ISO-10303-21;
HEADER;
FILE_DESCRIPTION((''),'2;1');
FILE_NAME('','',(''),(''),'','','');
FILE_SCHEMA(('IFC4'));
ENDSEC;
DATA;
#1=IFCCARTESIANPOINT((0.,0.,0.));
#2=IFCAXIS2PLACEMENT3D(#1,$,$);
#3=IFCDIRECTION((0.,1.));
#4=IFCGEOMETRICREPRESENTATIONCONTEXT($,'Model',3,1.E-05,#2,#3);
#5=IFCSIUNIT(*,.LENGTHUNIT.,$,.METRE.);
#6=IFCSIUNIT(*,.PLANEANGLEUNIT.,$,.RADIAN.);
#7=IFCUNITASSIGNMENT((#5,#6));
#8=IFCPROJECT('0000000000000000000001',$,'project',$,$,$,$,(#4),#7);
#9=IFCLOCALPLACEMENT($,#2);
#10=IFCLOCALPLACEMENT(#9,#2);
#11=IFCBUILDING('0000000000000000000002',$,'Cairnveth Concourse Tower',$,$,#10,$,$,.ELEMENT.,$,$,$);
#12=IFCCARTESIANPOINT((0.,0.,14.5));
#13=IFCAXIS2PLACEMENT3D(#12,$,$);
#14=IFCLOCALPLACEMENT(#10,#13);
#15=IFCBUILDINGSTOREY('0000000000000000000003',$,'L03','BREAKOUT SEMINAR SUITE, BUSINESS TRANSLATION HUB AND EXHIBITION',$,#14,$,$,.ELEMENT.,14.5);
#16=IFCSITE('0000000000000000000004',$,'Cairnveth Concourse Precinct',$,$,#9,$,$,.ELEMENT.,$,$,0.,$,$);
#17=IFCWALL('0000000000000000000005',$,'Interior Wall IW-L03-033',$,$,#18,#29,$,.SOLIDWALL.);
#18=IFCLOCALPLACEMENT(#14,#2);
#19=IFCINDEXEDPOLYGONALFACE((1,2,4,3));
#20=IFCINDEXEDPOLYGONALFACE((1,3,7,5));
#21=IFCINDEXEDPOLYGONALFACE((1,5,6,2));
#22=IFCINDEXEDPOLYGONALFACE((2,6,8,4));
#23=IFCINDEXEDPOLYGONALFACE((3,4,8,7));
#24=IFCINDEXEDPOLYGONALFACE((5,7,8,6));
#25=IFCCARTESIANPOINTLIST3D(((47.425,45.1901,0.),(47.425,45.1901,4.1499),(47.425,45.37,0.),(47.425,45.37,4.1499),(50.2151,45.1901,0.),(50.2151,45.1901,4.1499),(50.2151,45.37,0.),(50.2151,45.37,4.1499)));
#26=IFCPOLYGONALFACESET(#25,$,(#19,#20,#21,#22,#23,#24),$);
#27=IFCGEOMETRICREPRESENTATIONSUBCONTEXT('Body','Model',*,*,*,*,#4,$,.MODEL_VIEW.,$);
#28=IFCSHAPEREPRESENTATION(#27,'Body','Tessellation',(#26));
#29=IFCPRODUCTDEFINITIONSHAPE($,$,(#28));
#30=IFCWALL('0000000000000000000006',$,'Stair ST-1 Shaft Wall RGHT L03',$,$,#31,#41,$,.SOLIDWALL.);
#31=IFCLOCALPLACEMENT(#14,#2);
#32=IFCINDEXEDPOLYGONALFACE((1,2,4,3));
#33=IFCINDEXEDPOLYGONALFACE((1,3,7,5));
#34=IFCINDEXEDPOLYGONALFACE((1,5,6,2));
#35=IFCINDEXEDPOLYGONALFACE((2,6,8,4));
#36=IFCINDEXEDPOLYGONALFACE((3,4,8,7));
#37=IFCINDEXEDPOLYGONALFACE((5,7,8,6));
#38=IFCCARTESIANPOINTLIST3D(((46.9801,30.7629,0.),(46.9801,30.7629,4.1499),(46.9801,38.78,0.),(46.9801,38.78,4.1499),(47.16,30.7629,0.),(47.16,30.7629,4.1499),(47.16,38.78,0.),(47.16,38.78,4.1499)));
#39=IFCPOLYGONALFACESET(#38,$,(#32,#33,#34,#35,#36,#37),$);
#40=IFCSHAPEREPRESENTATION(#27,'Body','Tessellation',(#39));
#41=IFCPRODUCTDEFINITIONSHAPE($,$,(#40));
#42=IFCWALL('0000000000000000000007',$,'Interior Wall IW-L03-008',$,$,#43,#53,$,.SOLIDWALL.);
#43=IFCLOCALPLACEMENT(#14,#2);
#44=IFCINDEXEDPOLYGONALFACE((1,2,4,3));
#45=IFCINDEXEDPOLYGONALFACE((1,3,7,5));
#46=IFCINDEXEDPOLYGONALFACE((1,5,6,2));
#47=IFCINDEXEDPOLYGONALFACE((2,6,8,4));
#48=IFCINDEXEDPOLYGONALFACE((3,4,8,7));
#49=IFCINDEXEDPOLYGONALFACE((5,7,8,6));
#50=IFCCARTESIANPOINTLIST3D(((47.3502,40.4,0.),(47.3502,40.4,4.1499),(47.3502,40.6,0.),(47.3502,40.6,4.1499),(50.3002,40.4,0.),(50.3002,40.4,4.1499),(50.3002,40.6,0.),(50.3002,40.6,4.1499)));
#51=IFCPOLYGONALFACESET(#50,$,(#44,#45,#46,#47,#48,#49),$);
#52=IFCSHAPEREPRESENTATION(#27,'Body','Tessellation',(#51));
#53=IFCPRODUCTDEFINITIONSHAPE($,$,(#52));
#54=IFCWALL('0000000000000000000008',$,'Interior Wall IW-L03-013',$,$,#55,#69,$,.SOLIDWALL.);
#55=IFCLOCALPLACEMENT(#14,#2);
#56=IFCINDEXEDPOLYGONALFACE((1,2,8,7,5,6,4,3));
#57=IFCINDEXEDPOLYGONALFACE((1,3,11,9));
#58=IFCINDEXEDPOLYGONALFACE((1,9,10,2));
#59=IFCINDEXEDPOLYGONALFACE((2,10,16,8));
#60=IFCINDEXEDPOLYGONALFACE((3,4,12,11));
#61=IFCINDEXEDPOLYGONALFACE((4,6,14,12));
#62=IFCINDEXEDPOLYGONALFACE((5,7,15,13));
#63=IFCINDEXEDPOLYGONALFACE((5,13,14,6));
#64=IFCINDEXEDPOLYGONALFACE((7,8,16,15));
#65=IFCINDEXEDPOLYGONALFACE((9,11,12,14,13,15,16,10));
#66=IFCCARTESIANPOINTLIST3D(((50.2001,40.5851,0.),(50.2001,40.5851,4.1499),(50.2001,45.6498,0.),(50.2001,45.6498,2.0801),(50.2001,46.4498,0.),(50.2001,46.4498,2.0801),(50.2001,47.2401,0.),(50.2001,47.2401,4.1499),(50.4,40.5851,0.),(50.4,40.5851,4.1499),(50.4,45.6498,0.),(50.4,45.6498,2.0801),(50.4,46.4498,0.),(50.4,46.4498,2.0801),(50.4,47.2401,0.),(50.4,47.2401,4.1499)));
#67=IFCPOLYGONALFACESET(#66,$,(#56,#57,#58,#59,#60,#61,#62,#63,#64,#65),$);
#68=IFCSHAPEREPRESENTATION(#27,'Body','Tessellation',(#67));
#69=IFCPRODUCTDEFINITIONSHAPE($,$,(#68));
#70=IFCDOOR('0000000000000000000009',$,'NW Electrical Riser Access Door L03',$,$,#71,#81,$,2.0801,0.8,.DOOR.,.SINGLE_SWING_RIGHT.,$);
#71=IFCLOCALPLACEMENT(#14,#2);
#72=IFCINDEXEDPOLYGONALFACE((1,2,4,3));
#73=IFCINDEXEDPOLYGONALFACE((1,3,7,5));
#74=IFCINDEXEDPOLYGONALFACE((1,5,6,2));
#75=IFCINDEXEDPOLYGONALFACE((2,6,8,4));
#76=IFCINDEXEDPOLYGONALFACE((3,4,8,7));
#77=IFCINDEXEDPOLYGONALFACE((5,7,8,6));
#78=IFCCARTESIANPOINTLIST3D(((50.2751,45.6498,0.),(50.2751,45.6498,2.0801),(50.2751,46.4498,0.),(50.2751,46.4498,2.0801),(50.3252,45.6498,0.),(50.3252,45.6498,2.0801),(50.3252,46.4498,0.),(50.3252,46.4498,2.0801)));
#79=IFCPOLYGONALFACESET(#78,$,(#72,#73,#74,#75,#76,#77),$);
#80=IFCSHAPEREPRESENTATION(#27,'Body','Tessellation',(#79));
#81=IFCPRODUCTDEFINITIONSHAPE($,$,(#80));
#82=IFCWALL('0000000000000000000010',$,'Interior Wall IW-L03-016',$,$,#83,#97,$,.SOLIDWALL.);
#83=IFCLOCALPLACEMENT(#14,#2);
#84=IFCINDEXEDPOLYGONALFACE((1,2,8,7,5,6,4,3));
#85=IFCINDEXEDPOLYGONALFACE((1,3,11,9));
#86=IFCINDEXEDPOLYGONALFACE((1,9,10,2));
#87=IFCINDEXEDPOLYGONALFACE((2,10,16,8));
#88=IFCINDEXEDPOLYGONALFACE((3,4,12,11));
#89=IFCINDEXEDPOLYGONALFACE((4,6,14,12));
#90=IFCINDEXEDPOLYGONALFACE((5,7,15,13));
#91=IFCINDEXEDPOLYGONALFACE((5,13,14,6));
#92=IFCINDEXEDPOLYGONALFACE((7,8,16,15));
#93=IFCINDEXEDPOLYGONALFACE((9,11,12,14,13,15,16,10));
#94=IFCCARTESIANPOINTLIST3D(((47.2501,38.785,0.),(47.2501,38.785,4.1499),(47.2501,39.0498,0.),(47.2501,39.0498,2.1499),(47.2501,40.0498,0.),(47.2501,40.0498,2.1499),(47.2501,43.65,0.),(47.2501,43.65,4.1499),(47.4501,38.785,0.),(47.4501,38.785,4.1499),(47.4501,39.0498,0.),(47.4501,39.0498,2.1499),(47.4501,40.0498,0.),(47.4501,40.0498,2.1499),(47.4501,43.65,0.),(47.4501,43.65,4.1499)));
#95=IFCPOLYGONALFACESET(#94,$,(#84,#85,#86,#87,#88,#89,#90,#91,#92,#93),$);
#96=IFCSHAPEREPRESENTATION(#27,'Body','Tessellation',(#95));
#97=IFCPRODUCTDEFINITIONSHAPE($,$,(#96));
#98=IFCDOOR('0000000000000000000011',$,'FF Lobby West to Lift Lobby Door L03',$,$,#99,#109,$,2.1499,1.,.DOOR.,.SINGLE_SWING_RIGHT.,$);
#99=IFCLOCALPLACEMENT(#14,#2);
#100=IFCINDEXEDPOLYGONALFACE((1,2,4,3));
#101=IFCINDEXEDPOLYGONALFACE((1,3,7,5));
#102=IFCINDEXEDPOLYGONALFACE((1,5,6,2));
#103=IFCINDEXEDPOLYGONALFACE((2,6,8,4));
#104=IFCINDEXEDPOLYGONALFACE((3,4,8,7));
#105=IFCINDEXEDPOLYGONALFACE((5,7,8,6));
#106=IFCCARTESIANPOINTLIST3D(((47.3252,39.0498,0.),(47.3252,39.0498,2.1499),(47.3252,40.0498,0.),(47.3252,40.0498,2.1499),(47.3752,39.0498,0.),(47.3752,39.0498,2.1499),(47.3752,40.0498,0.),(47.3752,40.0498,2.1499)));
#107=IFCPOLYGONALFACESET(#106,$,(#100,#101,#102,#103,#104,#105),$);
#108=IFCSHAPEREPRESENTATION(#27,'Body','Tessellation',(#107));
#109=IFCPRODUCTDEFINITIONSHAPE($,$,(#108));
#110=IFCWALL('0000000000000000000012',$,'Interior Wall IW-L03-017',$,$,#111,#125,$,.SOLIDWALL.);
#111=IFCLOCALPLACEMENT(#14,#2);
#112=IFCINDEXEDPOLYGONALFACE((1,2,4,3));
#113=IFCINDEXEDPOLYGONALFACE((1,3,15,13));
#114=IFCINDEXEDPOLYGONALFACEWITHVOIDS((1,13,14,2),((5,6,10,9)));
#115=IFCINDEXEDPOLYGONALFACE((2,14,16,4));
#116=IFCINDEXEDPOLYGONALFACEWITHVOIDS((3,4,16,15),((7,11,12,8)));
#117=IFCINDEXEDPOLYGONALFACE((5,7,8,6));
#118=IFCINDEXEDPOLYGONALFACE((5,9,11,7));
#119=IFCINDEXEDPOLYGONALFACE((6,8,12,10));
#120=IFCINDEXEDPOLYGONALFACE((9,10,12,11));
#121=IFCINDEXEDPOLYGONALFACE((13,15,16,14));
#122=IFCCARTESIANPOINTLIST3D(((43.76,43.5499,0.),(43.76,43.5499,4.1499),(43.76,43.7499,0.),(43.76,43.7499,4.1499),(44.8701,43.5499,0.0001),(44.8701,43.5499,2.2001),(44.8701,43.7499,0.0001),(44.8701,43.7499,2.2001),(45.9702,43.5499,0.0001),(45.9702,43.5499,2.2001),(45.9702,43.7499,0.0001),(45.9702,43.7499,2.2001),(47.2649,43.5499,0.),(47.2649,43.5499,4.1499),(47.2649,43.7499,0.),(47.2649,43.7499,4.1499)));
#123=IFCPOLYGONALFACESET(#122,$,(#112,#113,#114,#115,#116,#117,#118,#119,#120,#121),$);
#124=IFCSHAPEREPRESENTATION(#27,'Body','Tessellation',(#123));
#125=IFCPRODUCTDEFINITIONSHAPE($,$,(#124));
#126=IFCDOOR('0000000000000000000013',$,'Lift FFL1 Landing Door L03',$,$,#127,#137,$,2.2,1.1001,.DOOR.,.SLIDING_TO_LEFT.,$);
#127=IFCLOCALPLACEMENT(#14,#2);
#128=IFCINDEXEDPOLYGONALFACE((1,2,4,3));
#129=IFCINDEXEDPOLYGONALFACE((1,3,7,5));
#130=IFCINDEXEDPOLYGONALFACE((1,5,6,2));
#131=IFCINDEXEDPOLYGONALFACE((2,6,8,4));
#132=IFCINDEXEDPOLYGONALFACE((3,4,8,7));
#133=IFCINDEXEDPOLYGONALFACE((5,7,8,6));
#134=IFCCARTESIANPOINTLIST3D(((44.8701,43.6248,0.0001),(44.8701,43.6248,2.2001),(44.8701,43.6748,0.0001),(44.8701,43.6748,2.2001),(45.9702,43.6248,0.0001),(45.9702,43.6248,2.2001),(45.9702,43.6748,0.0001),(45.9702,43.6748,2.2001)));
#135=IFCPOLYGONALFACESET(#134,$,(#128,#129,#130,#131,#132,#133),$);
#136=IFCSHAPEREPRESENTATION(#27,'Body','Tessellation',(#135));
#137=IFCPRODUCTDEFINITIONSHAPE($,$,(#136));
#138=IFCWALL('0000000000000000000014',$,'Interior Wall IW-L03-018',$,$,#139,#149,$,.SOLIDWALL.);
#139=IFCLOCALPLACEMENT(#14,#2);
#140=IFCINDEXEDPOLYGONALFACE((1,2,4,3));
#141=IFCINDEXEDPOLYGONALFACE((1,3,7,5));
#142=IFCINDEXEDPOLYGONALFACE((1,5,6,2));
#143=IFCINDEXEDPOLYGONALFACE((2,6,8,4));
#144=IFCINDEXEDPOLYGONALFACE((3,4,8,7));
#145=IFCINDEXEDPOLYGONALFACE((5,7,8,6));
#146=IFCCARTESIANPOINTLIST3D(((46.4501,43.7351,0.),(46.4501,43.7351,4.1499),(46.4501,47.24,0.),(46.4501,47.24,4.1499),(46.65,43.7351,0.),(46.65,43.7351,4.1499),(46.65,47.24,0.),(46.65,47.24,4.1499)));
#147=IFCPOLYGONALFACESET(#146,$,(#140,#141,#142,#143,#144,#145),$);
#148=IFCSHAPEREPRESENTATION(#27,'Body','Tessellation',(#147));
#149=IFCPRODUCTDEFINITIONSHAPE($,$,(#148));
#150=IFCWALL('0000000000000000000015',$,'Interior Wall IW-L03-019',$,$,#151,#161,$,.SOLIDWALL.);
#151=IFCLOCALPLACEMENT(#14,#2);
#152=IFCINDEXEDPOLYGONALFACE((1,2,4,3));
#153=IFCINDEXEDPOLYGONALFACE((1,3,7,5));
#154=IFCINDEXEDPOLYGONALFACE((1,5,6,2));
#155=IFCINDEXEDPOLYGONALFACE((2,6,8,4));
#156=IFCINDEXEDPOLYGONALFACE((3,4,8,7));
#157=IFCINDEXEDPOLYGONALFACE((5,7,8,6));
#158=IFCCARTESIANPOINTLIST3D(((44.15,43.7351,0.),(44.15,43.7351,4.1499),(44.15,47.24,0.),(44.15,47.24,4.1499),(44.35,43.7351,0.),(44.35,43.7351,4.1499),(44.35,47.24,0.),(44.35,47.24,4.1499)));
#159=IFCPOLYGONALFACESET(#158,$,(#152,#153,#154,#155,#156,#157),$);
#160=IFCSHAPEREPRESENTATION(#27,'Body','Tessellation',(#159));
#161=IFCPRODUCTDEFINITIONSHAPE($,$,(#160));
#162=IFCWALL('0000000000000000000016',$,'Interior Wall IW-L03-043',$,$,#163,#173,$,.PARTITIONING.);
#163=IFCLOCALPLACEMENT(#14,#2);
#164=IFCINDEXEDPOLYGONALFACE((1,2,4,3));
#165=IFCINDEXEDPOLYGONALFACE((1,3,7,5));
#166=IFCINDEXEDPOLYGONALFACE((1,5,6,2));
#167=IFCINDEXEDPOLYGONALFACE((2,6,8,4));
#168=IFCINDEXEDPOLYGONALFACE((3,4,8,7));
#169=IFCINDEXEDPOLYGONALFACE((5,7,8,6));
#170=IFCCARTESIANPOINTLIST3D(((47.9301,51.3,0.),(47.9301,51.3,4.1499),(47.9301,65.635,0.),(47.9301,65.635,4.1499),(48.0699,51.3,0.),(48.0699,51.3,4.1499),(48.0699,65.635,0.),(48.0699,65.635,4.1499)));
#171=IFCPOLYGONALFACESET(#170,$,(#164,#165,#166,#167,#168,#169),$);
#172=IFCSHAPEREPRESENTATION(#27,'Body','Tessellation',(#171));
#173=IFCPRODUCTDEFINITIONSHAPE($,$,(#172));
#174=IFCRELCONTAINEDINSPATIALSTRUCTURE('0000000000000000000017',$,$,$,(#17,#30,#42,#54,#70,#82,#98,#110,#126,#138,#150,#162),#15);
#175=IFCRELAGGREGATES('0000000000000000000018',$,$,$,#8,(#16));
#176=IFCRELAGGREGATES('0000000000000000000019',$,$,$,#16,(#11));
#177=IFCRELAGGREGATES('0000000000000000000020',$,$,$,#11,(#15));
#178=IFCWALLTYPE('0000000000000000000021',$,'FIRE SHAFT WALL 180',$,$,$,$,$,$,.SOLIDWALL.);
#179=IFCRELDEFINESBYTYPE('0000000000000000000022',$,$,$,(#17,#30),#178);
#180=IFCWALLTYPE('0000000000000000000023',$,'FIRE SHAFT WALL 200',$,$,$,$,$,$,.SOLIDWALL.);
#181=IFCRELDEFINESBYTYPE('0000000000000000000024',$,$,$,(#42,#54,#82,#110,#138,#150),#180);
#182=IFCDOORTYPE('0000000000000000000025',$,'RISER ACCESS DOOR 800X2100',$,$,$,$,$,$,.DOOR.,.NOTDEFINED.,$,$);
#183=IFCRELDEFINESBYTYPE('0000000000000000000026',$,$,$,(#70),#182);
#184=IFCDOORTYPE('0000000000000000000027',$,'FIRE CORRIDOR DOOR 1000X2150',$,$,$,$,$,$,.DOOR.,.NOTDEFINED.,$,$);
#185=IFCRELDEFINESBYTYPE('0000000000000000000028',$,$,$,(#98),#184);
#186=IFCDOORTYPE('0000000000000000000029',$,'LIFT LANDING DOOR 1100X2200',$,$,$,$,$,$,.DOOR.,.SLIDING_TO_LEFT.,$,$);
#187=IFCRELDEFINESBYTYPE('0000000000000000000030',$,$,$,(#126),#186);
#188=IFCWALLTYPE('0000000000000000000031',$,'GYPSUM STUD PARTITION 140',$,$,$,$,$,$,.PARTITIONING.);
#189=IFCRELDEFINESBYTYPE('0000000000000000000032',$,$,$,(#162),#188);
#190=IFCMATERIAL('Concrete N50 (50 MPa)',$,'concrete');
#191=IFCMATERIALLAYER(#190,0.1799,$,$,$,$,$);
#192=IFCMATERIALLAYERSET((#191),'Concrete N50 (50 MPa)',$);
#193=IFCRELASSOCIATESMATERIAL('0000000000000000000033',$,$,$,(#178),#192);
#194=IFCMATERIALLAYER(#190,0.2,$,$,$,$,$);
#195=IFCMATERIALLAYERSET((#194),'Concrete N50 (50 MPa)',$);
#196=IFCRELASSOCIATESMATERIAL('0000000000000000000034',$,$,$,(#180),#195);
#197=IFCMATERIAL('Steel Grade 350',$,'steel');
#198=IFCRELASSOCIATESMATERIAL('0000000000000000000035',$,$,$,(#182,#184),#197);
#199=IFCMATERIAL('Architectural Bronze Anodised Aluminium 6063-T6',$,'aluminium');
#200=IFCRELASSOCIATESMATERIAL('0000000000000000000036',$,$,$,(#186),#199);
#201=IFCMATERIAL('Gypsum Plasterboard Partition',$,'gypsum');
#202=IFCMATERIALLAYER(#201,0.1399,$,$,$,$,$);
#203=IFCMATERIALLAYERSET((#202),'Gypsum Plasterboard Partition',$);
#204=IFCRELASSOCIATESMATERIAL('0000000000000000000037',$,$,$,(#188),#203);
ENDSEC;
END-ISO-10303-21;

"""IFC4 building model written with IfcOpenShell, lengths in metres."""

from ifc_helpers import new_model, si_unit, direction, frame, frame_2d, origin, place, context, subcontext, project, spatial, rectangle, extrude, material, layer, layer_set, type_object, element, fill, save


model = new_model("IFC4")

# Units and contexts
model_context = context("Model", 3, precision=1e-05, world=origin(), true_north=direction((0.0, 1.0)))
body_context = subcontext(model_context, "Body", "Model", "MODEL_VIEW")
ifc_project = project(units=[si_unit("LENGTHUNIT", "METRE"), si_unit("PLANEANGLEUNIT", "RADIAN")], contexts=[model_context])

# Site, building, storey
site_placement = place(None, origin())
site = spatial("IfcSite", under=ifc_project, at=site_placement, Name="Cairnveth Concourse Precinct", CompositionType="ELEMENT", RefElevation=0.0)
building_placement = place(site_placement, origin())
building = spatial("IfcBuilding", under=site, at=building_placement, Name="Cairnveth Concourse Tower", CompositionType="ELEMENT")
storey_placement = place(building_placement, frame((0.0, 0.0, 14.5)))
storey = spatial("IfcBuildingStorey", under=building, at=storey_placement, Name="L03", Description="BREAKOUT SEMINAR SUITE, BUSINESS TRANSLATION HUB AND EXHIBITION", CompositionType="ELEMENT", Elevation=14.5)

# Shared definitions
ifc_material_1 = material(Name="Architectural Bronze Anodised Aluminium 6063-T6", Category="aluminium")

# Shared definitions
ifc_material_2 = material(Name="Steel Grade 350", Category="steel")

# Walls
ifc_material_3 = material(Name="Concrete N50 (50 MPa)", Category="concrete")
ifc_layer_1 = layer(ifc_material_3, 0.1799)
ifc_layer_set_1 = layer_set([ifc_layer_1], Name="Concrete N50 (50 MPa)")
wall_type_1 = type_object("IfcWallType", Name="FIRE SHAFT WALL 180", PredefinedType="SOLIDWALL", material=ifc_layer_set_1)
wall_1_placement = place(storey_placement, frame((47.425, 45.28, 0.0), z_axis=(0.0, 0.0, 1.0), x_axis=(1.0, 0.0, 0.0)))
element("IfcWall", 1, at=wall_1_placement, inside=storey, type_object=wall_type_1, Name="Interior Wall IW-L03-033", PredefinedType="SOLIDWALL", context=body_context, shape_type="SweptSolid", body=[
    extrude(rectangle(XDim=2.79, YDim=0.1799, at=frame_2d((1.395, 0.0))), origin(), (0.0, 0.0, 1.0), 4.1499),
])
wall_2_placement = place(storey_placement, frame((47.0701, 38.78, 0.0), z_axis=(0.0, 0.0, 1.0), x_axis=(0.0, -1.0, 0.0)))
element("IfcWall", 2, at=wall_2_placement, inside=storey, type_object=wall_type_1, Name="Stair ST-1 Shaft Wall RGHT L03", PredefinedType="SOLIDWALL", context=body_context, shape_type="SweptSolid", body=[
    extrude(rectangle(XDim=8.0171, YDim=0.1799, at=frame_2d((4.0085, 0.0))), origin(), (0.0, 0.0, 1.0), 4.1499),
])
ifc_layer_2 = layer(ifc_material_3, 0.2)
ifc_layer_set_2 = layer_set([ifc_layer_2], Name="Concrete N50 (50 MPa)")
wall_type_2 = type_object("IfcWallType", Name="FIRE SHAFT WALL 200", PredefinedType="SOLIDWALL", material=ifc_layer_set_2)
wall_3_placement = place(storey_placement, frame((47.3501, 40.5, 0.0), z_axis=(0.0, 0.0, 1.0), x_axis=(1.0, 0.0, 0.0)))
element("IfcWall", 3, at=wall_3_placement, inside=storey, type_object=wall_type_2, Name="Interior Wall IW-L03-008", PredefinedType="SOLIDWALL", context=body_context, shape_type="SweptSolid", body=[
    extrude(rectangle(XDim=2.95, YDim=0.2, at=frame_2d((1.4751, 0.0))), origin(), (0.0, 0.0, 1.0), 4.1499),
])

# Walls, openings, doors
wall_4_placement = place(storey_placement, frame((50.3, 40.585, 0.0), z_axis=(0.0, 0.0, 1.0), x_axis=(0.0, 1.0, 0.0)))
wall_4 = element("IfcWall", 4, at=wall_4_placement, inside=storey, type_object=wall_type_2, Name="Interior Wall IW-L03-013", PredefinedType="SOLIDWALL", context=body_context, shape_type="SweptSolid", body=[
    extrude(rectangle(XDim=6.655, YDim=0.2, at=frame_2d((3.3276, 0.0))), origin(), (0.0, 0.0, 1.0), 4.1499),
])
opening_1_placement = place(wall_4_placement, frame((5.0649, 0.0, 0.0)))
opening_1 = element("IfcOpeningElement", 5, at=opening_1_placement, cuts=wall_4, PredefinedType="OPENING", context=body_context, shape_type="SweptSolid", body=[
    extrude(rectangle(XDim=0.8, YDim=2.0801, at=frame_2d((0.3999, 1.04))), frame((0.0, 0.1099, 0.0), z_axis=(0.0, -1.0, 0.0), x_axis=(1.0, 0.0, 0.0)), (0.0, 0.0, 1.0), 0.22),
])
door_type_1 = type_object("IfcDoorType", Name="RISER ACCESS DOOR 800X2100", OperationType="NOTDEFINED", PredefinedType="DOOR", material=ifc_material_2)
door_1_placement = place(opening_1_placement, origin())
door_1 = element("IfcDoor", 6, at=door_1_placement, inside=storey, type_object=door_type_1, Name="NW Electrical Riser Access Door L03", OperationType="SINGLE_SWING_RIGHT", OverallHeight=2.0801, OverallWidth=0.8, PredefinedType="DOOR", context=body_context, shape_type="SweptSolid", body=[
    extrude(rectangle(XDim=0.8, YDim=2.0801, at=frame_2d((0.3999, 1.04))), frame((0.0, 0.0249, 0.0), z_axis=(0.0, -1.0, 0.0), x_axis=(1.0, 0.0, 0.0)), (0.0, 0.0, 1.0), 0.05),
])
fill(opening_1, door_1)
wall_5_placement = place(storey_placement, frame((47.3501, 38.7849, 0.0), z_axis=(0.0, 0.0, 1.0), x_axis=(0.0, 1.0, 0.0)))
wall_5 = element("IfcWall", 7, at=wall_5_placement, inside=storey, type_object=wall_type_2, Name="Interior Wall IW-L03-016", PredefinedType="SOLIDWALL", context=body_context, shape_type="SweptSolid", body=[
    extrude(rectangle(XDim=4.865, YDim=0.2, at=frame_2d((2.4326, 0.0))), origin(), (0.0, 0.0, 1.0), 4.1499),
])
opening_2_placement = place(wall_5_placement, frame((0.2649, 0.0, 0.0)))
opening_2 = element("IfcOpeningElement", 8, at=opening_2_placement, cuts=wall_5, PredefinedType="OPENING", context=body_context, shape_type="SweptSolid", body=[
    extrude(rectangle(XDim=1.0, YDim=2.1499, at=frame_2d((0.5, 1.075))), frame((0.0, 0.1099, 0.0), z_axis=(0.0, -1.0, 0.0), x_axis=(1.0, 0.0, 0.0)), (0.0, 0.0, 1.0), 0.22),
])
door_type_2 = type_object("IfcDoorType", Name="FIRE CORRIDOR DOOR 1000X2150", OperationType="NOTDEFINED", PredefinedType="DOOR", material=ifc_material_2)
door_2_placement = place(opening_2_placement, origin())
door_2 = element("IfcDoor", 9, at=door_2_placement, inside=storey, type_object=door_type_2, Name="FF Lobby West to Lift Lobby Door L03", OperationType="SINGLE_SWING_RIGHT", OverallHeight=2.1499, OverallWidth=1.0, PredefinedType="DOOR", context=body_context, shape_type="SweptSolid", body=[
    extrude(rectangle(XDim=1.0, YDim=2.1499, at=frame_2d((0.5, 1.075))), frame((0.0, 0.0249, 0.0), z_axis=(0.0, -1.0, 0.0), x_axis=(1.0, 0.0, 0.0)), (0.0, 0.0, 1.0), 0.05),
])
fill(opening_2, door_2)
wall_6_placement = place(storey_placement, frame((43.76, 43.6499, 0.0), z_axis=(0.0, 0.0, 1.0), x_axis=(1.0, 0.0, 0.0)))
wall_6 = element("IfcWall", 10, at=wall_6_placement, inside=storey, type_object=wall_type_2, Name="Interior Wall IW-L03-017", PredefinedType="SOLIDWALL", context=body_context, shape_type="SweptSolid", body=[
    extrude(rectangle(XDim=3.5049, YDim=0.2, at=frame_2d((1.7524, 0.0))), origin(), (0.0, 0.0, 1.0), 4.1499),
])
opening_3_placement = place(wall_6_placement, frame((1.1101, 0.0, 0.0)))
opening_3 = element("IfcOpeningElement", 11, at=opening_3_placement, cuts=wall_6, PredefinedType="OPENING", context=body_context, shape_type="SweptSolid", body=[
    extrude(rectangle(XDim=1.1001, YDim=2.2, at=frame_2d((0.55, 1.1001))), frame((0.0, 0.1099, 0.0), z_axis=(0.0, -1.0, 0.0), x_axis=(1.0, 0.0, 0.0)), (0.0, 0.0, 1.0), 0.22),
])
door_type_3 = type_object("IfcDoorType", Name="LIFT LANDING DOOR 1100X2200", OperationType="SLIDING_TO_LEFT", PredefinedType="DOOR", material=ifc_material_1)
door_3_placement = place(opening_3_placement, origin())
door_3 = element("IfcDoor", 12, at=door_3_placement, inside=storey, type_object=door_type_3, Name="Lift FFL1 Landing Door L03", OperationType="SLIDING_TO_LEFT", OverallHeight=2.2, OverallWidth=1.1001, PredefinedType="DOOR", context=body_context, shape_type="SweptSolid", body=[
    extrude(rectangle(XDim=1.1001, YDim=2.2, at=frame_2d((0.55, 1.1001))), frame((0.0, 0.0249, 0.0), z_axis=(0.0, -1.0, 0.0), x_axis=(1.0, 0.0, 0.0)), (0.0, 0.0, 1.0), 0.05),
])
fill(opening_3, door_3)

# Walls
for number, where, z_axis, x_axis, name in (
    (13, (46.55, 43.7351, 0.0), (0.0, 0.0, 1.0), (0.0, 1.0, 0.0), "Interior Wall IW-L03-018"),
    (14, (44.25, 43.7351, 0.0), (0.0, 0.0, 1.0), (0.0, 1.0, 0.0), "Interior Wall IW-L03-019"),
):
    element("IfcWall", number, at=place(storey_placement, frame(where, z_axis=z_axis, x_axis=x_axis)), inside=storey, type_object=wall_type_2, Name=name, PredefinedType="SOLIDWALL", context=body_context, shape_type="SweptSolid", body=[
        extrude(rectangle(XDim=3.5049, YDim=0.2, at=frame_2d((1.7524, 0.0))), origin(), (0.0, 0.0, 1.0), 4.1499),
    ])
ifc_material_4 = material(Name="Gypsum Plasterboard Partition", Category="gypsum")
ifc_layer_3 = layer(ifc_material_4, 0.1399)
ifc_layer_set_3 = layer_set([ifc_layer_3], Name="Gypsum Plasterboard Partition")
wall_type_3 = type_object("IfcWallType", Name="GYPSUM STUD PARTITION 140", PredefinedType="PARTITIONING", material=ifc_layer_set_3)
wall_7_placement = place(storey_placement, frame((48.0, 51.3, 0.0), z_axis=(0.0, 0.0, 1.0), x_axis=(0.0, 1.0, 0.0)))
element("IfcWall", 15, at=wall_7_placement, inside=storey, type_object=wall_type_3, Name="Interior Wall IW-L03-043", PredefinedType="PARTITIONING", context=body_context, shape_type="SweptSolid", body=[
    extrude(rectangle(XDim=14.335, YDim=0.1399, at=frame_2d((7.1675, 0.0))), origin(), (0.0, 0.0, 1.0), 4.1499),
])

save(model, "model.ifc")
